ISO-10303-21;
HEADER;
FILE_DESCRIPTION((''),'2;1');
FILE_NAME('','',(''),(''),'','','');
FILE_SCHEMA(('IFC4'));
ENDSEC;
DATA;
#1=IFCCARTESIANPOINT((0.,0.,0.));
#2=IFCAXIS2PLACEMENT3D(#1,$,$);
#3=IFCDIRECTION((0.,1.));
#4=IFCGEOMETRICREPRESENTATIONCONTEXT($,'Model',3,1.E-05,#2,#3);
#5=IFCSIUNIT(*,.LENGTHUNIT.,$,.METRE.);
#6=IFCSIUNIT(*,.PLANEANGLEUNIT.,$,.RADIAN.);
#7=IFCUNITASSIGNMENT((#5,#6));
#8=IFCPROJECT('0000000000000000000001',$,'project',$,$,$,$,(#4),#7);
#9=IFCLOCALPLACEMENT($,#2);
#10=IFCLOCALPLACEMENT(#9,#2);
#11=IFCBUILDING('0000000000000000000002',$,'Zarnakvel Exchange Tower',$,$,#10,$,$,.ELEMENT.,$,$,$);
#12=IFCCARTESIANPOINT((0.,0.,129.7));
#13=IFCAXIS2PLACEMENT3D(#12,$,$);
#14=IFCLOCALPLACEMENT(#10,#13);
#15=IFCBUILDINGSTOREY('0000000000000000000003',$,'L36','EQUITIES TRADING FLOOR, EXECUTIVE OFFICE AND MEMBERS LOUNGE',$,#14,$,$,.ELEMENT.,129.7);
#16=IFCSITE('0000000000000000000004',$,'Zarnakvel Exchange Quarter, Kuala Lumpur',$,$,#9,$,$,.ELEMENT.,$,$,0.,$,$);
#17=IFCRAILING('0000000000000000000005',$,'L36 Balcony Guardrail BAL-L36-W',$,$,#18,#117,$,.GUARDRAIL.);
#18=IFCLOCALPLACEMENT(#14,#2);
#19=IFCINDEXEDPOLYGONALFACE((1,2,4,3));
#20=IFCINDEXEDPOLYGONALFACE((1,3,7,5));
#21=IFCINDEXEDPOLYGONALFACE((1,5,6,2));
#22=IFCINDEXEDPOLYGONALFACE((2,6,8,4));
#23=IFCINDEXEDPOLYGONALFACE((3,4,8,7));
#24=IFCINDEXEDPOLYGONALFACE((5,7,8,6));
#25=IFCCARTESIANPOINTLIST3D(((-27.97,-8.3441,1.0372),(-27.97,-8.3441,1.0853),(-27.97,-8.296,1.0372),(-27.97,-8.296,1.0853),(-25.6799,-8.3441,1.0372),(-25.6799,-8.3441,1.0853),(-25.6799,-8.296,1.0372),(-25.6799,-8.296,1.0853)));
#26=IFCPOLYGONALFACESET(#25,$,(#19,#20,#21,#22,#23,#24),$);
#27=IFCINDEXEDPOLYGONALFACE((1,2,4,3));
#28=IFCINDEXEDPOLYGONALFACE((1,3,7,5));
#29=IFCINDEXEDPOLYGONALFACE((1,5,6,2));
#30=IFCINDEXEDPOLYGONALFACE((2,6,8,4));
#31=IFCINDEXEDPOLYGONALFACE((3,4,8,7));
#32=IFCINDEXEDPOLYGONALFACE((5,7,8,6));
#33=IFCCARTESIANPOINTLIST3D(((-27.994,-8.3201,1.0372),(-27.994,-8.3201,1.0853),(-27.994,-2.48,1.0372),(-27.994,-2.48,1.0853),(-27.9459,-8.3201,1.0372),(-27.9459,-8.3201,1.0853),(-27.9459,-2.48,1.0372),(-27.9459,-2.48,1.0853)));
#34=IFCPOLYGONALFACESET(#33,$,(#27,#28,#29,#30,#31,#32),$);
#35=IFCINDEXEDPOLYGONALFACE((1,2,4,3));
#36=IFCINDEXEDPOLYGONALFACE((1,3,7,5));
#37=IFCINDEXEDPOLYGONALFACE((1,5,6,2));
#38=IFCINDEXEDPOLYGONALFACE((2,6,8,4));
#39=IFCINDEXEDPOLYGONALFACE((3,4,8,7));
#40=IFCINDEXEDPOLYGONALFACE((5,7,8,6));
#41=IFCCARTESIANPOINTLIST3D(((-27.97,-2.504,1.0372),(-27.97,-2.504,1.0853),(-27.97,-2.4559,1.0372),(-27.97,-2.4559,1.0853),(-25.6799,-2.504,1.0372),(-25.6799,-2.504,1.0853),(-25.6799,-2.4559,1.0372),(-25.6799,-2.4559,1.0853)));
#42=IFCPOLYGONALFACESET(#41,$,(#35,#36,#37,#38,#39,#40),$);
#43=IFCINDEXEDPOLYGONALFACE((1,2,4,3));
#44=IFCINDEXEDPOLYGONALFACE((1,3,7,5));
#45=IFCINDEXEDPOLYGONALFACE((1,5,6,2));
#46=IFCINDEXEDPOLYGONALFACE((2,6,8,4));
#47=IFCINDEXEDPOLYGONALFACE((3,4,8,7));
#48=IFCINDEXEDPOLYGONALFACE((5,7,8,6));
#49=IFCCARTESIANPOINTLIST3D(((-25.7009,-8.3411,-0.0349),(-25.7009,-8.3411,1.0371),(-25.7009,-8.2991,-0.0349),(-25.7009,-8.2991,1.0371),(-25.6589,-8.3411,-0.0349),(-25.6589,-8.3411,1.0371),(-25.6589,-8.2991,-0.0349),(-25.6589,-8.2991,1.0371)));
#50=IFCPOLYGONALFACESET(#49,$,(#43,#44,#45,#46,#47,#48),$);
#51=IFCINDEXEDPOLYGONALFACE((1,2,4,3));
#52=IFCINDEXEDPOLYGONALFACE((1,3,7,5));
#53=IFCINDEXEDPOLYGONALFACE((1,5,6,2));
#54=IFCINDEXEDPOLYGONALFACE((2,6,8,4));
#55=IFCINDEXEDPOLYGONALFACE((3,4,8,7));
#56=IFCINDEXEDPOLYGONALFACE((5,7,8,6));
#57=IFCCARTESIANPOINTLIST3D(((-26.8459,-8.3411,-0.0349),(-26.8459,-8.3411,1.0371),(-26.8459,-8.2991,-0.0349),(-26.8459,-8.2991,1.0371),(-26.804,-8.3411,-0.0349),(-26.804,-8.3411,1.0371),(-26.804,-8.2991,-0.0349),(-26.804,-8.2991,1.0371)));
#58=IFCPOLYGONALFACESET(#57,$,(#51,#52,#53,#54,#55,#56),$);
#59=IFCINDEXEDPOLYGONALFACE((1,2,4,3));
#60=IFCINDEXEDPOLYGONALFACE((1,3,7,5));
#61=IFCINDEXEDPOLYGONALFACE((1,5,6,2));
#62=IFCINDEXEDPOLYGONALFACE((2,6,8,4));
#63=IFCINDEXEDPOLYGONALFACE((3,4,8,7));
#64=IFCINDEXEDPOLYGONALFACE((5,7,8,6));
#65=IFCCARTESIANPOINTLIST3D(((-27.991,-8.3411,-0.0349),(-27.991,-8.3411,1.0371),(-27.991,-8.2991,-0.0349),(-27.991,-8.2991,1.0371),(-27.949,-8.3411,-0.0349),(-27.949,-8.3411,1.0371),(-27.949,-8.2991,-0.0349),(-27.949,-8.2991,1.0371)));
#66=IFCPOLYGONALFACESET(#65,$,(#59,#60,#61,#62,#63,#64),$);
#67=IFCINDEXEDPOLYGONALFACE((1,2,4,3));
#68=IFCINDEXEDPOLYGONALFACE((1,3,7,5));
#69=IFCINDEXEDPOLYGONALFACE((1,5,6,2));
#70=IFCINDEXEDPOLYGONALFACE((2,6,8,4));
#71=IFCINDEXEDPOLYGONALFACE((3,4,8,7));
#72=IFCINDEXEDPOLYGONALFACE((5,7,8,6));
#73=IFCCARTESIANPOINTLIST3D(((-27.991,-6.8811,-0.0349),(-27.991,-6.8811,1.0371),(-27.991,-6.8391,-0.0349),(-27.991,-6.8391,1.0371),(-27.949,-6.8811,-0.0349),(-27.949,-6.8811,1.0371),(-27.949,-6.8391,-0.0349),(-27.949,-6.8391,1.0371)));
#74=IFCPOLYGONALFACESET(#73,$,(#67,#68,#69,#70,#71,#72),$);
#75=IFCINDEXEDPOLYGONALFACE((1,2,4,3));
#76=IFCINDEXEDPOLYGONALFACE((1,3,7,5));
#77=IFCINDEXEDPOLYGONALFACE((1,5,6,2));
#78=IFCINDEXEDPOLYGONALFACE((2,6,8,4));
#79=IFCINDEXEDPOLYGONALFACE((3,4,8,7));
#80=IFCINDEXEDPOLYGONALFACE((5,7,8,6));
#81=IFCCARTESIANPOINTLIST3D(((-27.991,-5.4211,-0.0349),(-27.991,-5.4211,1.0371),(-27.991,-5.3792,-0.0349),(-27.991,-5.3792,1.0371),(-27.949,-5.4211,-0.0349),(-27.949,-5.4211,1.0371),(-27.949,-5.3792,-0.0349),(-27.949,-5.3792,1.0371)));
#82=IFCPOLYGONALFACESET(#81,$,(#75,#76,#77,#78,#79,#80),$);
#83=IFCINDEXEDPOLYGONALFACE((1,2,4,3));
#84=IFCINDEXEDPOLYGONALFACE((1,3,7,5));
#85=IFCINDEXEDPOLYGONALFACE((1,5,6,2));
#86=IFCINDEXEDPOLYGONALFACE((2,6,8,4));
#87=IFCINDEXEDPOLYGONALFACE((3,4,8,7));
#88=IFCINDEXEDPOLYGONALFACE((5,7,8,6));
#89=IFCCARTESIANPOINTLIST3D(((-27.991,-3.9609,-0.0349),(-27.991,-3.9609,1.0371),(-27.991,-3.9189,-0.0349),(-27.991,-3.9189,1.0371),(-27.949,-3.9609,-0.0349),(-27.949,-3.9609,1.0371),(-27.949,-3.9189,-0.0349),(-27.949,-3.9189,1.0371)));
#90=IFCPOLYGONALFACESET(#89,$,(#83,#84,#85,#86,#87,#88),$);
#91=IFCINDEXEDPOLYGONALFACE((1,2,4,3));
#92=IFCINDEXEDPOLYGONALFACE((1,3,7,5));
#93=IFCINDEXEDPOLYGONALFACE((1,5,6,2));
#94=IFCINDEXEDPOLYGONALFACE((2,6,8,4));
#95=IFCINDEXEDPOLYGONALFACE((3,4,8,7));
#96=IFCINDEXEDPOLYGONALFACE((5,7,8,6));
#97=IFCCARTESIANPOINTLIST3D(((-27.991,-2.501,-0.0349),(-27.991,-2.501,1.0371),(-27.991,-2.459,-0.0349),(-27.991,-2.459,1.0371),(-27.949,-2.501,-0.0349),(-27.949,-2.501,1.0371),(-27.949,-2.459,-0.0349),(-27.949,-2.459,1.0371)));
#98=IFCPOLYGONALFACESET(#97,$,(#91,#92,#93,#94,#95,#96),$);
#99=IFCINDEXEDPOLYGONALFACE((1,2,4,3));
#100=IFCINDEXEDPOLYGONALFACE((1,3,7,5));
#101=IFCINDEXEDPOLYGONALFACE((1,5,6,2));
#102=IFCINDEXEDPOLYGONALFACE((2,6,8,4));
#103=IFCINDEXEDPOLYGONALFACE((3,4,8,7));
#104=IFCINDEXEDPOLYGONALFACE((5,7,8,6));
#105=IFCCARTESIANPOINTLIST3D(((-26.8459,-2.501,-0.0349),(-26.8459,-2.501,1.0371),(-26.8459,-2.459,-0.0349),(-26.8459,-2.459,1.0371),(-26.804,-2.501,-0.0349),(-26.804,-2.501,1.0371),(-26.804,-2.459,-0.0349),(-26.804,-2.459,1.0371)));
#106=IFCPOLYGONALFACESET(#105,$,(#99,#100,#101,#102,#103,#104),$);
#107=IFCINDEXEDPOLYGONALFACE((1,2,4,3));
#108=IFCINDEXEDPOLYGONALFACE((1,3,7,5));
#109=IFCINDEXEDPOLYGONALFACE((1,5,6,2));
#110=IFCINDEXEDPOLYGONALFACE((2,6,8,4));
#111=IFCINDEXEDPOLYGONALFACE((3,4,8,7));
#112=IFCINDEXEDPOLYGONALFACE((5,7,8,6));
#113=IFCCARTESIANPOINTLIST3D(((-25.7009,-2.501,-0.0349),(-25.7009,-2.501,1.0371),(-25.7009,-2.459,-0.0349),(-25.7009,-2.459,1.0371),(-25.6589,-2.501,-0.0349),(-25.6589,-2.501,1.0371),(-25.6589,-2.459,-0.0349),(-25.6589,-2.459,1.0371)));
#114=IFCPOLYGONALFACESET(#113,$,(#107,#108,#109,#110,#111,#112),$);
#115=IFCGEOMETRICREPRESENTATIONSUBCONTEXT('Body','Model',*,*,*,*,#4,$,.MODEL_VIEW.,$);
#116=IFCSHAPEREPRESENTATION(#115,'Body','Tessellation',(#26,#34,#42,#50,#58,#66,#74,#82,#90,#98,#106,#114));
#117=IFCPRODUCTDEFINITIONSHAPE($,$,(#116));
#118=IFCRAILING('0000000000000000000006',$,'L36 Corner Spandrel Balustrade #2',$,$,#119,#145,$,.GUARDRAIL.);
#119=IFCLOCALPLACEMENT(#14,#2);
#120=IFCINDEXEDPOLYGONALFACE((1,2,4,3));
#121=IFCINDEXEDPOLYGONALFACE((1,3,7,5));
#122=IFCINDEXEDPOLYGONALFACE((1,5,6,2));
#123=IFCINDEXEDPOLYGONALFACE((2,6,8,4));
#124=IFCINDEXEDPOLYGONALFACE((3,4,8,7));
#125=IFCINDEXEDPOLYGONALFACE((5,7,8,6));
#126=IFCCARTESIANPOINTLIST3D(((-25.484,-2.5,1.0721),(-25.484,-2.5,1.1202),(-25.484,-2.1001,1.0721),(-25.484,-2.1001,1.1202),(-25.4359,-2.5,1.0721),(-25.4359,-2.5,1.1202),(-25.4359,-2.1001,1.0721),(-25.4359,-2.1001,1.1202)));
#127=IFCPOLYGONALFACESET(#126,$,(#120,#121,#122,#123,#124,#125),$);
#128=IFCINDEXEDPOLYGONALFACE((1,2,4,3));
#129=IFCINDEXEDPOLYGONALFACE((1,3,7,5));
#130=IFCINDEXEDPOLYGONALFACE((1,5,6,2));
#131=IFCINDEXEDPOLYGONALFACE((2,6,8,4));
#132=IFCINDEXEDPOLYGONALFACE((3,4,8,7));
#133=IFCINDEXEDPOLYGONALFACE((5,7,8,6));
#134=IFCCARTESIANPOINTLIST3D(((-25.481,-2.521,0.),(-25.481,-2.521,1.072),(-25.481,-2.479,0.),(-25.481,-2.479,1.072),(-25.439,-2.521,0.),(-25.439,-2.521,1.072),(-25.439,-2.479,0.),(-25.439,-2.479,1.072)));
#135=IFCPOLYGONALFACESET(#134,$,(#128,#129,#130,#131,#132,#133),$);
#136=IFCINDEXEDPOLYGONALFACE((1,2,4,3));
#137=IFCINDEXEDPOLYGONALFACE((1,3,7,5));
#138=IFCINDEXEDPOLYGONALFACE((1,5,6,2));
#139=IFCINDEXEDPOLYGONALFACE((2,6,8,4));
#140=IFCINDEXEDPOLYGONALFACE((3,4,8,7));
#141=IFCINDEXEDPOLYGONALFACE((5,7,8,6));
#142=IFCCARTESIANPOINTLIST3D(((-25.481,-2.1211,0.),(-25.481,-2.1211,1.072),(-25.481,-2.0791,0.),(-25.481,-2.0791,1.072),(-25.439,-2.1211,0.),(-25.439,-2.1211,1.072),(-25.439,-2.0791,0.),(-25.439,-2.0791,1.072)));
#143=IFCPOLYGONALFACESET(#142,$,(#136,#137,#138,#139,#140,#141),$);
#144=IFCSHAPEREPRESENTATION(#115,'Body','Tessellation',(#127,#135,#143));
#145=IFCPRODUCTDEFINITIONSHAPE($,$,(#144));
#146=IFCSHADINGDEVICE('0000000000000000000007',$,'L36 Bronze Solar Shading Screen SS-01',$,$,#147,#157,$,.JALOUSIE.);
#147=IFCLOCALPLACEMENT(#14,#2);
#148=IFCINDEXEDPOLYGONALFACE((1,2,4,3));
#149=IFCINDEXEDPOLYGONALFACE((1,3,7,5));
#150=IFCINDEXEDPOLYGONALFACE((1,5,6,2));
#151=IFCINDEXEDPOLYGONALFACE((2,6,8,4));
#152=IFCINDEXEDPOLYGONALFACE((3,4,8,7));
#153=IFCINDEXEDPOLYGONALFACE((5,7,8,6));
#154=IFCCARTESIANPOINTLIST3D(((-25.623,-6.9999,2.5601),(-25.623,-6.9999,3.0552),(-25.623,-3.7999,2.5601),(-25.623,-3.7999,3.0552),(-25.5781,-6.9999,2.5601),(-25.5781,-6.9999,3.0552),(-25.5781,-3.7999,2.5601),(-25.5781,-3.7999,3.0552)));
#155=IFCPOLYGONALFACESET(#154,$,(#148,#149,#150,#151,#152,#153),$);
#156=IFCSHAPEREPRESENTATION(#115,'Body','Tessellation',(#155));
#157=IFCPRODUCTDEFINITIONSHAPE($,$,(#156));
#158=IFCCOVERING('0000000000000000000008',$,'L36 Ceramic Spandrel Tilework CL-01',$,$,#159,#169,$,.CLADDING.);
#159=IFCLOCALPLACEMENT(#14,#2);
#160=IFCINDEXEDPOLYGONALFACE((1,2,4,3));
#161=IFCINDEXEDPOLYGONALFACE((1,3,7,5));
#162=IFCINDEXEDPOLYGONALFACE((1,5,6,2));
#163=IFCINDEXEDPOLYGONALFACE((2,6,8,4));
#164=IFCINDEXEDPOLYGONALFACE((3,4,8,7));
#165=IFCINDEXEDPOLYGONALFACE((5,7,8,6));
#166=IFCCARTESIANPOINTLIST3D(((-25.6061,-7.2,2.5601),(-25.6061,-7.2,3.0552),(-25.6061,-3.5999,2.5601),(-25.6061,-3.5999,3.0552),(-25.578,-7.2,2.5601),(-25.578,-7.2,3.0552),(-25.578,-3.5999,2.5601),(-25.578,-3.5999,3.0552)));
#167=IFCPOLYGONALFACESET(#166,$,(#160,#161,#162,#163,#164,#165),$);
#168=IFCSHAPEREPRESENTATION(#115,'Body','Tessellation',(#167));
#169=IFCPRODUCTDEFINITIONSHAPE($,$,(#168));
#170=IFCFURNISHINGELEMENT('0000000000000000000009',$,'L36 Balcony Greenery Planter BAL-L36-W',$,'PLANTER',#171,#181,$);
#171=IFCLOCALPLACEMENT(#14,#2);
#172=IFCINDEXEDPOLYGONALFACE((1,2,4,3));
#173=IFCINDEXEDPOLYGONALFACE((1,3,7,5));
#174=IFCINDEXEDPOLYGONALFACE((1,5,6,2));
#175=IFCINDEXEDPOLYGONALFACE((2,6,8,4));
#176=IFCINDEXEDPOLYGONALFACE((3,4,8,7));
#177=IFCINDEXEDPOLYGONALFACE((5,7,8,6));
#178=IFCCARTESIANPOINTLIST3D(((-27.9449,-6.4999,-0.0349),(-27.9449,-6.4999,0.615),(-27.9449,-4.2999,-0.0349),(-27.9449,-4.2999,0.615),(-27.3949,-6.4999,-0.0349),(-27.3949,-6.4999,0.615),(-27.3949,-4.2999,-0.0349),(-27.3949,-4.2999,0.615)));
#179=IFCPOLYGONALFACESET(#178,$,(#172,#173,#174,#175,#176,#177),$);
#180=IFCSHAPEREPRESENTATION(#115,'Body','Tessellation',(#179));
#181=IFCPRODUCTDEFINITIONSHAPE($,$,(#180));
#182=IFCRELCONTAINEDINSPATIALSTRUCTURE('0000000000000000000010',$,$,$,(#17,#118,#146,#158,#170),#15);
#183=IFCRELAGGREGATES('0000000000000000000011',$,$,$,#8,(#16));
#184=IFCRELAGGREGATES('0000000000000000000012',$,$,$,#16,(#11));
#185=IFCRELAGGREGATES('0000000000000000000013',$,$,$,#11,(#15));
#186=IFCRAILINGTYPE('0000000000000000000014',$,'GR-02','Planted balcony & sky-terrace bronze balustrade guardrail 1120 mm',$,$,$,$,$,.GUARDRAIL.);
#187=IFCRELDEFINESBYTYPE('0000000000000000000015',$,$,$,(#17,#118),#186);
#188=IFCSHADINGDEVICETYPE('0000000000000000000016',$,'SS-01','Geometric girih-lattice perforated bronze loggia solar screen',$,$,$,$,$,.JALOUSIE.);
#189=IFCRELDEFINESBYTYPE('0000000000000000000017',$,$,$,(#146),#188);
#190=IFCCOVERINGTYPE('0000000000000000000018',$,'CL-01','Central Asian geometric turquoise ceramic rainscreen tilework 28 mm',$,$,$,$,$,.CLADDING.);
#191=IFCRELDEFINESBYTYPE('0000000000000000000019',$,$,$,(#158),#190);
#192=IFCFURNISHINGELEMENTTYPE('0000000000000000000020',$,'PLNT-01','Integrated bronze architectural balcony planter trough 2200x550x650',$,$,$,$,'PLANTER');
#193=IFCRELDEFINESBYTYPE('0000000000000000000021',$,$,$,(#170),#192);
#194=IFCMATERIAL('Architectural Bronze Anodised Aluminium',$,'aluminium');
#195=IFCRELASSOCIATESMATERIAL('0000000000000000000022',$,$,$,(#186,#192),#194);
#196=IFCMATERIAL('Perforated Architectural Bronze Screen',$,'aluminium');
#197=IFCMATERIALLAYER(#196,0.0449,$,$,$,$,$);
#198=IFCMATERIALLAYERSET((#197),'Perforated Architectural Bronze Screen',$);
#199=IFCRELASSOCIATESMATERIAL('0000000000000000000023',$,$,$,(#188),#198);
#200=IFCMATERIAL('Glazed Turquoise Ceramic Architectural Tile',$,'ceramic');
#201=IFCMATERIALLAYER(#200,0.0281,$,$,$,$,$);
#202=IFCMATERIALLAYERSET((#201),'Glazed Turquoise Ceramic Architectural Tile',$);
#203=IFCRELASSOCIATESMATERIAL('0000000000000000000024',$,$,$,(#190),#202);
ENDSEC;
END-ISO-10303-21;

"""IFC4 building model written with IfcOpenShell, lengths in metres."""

from ifc_helpers import new_model, si_unit, direction, frame, origin, origin_2d, place, context, subcontext, project, spatial, rectangle, extrude, source, transform, mapped, material, layer, layer_set, type_object, element, save


model = new_model("IFC4")

# Units and contexts
model_context = context("Model", 3, precision=1e-05, world=origin(), true_north=direction((0.0, 1.0)))
body_context = subcontext(model_context, "Body", "Model", "MODEL_VIEW")
ifc_project = project(units=[si_unit("LENGTHUNIT", "METRE"), si_unit("PLANEANGLEUNIT", "RADIAN")], contexts=[model_context])

# Site, building, storey
site_placement = place(None, origin())
site = spatial("IfcSite", under=ifc_project, at=site_placement, Name="Zarnakvel Exchange Quarter, Kuala Lumpur", CompositionType="ELEMENT", RefElevation=0.0)
building_placement = place(site_placement, origin())
building = spatial("IfcBuilding", under=site, at=building_placement, Name="Zarnakvel Exchange Tower", CompositionType="ELEMENT")
storey_placement = place(building_placement, frame((0.0, 0.0, 129.7)))
storey = spatial("IfcBuildingStorey", under=building, at=storey_placement, Name="L36", Description="EQUITIES TRADING FLOOR, EXECUTIVE OFFICE AND MEMBERS LOUNGE", CompositionType="ELEMENT", Elevation=129.7)

# Shared definitions
ifc_material_1 = material(Name="Architectural Bronze Anodised Aluminium", Category="aluminium")

# Railings
railing_type = type_object("IfcRailingType", Name="GR-02", Description="Planted balcony & sky-terrace bronze balustrade guardrail 1120 mm", PredefinedType="GUARDRAIL", material=ifc_material_1)
railing_1_placement = place(storey_placement, frame((-25.6799, -8.3201, -0.0349)))
element("IfcRailing", 1, at=railing_1_placement, inside=storey, type_object=railing_type, Name="L36 Balcony Guardrail BAL-L36-W", PredefinedType="GUARDRAIL", context=body_context, shape_type="SweptSolid", body=[
    extrude(rectangle(XDim=0.0481, YDim=0.0481, at=origin_2d()), frame((0.0, 0.0, 1.0962), z_axis=(-1.0, 0.0, 0.0), x_axis=(0.0, -1.0, 0.0)), (0.0, 0.0, 1.0), 2.29),
    extrude(rectangle(XDim=0.0481, YDim=0.0481, at=origin_2d()), frame((-2.29, 0.0, 1.0962), z_axis=(0.0, 1.0, 0.0), x_axis=(-1.0, 0.0, 0.0)), (0.0, 0.0, 1.0), 5.8401),
    extrude(rectangle(XDim=0.0481, YDim=0.0481, at=origin_2d()), frame((-2.29, 5.8401, 1.0962), z_axis=(1.0, 0.0, 0.0), x_axis=(0.0, 1.0, 0.0)), (0.0, 0.0, 1.0), 2.29),
    extrude(rectangle(XDim=0.042, YDim=0.042, at=origin_2d()), origin(), (0.0, 0.0, 1.0), 1.072),
    extrude(rectangle(XDim=0.042, YDim=0.042, at=origin_2d()), frame((-1.145, 0.0, 0.0)), (0.0, 0.0, 1.0), 1.072),
    extrude(rectangle(XDim=0.042, YDim=0.042, at=origin_2d()), frame((-2.29, 0.0, 0.0)), (0.0, 0.0, 1.0), 1.072),
    extrude(rectangle(XDim=0.042, YDim=0.042, at=origin_2d()), frame((-2.29, 1.46, 0.0)), (0.0, 0.0, 1.0), 1.072),
    extrude(rectangle(XDim=0.042, YDim=0.042, at=origin_2d()), frame((-2.29, 2.9199, 0.0)), (0.0, 0.0, 1.0), 1.072),
    extrude(rectangle(XDim=0.042, YDim=0.042, at=origin_2d()), frame((-2.29, 4.3801, 0.0)), (0.0, 0.0, 1.0), 1.072),
    extrude(rectangle(XDim=0.042, YDim=0.042, at=origin_2d()), frame((-2.29, 5.8401, 0.0)), (0.0, 0.0, 1.0), 1.072),
    extrude(rectangle(XDim=0.042, YDim=0.042, at=origin_2d()), frame((-1.145, 5.8401, 0.0)), (0.0, 0.0, 1.0), 1.072),
    extrude(rectangle(XDim=0.042, YDim=0.042, at=origin_2d()), frame((0.0, 5.8401, 0.0)), (0.0, 0.0, 1.0), 1.072),
])
railing_2_placement = place(storey_placement, frame((-25.46, -2.5, 0.0)))
element("IfcRailing", 2, at=railing_2_placement, inside=storey, type_object=railing_type, Name="L36 Corner Spandrel Balustrade #2", PredefinedType="GUARDRAIL", context=body_context, shape_type="SweptSolid", body=[
    extrude(rectangle(XDim=0.0481, YDim=0.0481, at=origin_2d()), frame((0.0, 0.0, 1.0962), z_axis=(0.0, 1.0, 0.0), x_axis=(-1.0, 0.0, 0.0)), (0.0, 0.0, 1.0), 0.3999),
    extrude(rectangle(XDim=0.042, YDim=0.042, at=origin_2d()), origin(), (0.0, 0.0, 1.0), 1.072),
    extrude(rectangle(XDim=0.042, YDim=0.042, at=origin_2d()), frame((0.0, 0.3999, 0.0)), (0.0, 0.0, 1.0), 1.072),
])

# Shading device
ifc_material_2 = material(Name="Perforated Architectural Bronze Screen", Category="aluminium")
ifc_layer_1 = layer(ifc_material_2, 0.0449)
ifc_layer_set_1 = layer_set([ifc_layer_1], Name="Perforated Architectural Bronze Screen")
shading_device_type = type_object("IfcShadingDeviceType", Name="SS-01", Description="Geometric girih-lattice perforated bronze loggia solar screen", PredefinedType="JALOUSIE", material=ifc_layer_set_1)
shared_shape_1 = source(origin(), body_context, "Body", "SweptSolid", [
    extrude(rectangle(XDim=3.2, YDim=0.0449, at=origin_2d()), origin(), (0.0, 0.0, 1.0), 0.4951),
])
shading_device_placement = place(storey_placement, frame((-25.6006, -5.3999, 2.5601), z_axis=(0.0, 0.0, 1.0), x_axis=(0.0, 1.0, 0.0)))
element("IfcShadingDevice", 3, at=shading_device_placement, inside=storey, type_object=shading_device_type, Name="L36 Bronze Solar Shading Screen SS-01", PredefinedType="JALOUSIE", context=body_context, shape_type="MappedRepresentation", body=[
    mapped(shared_shape_1, transform((0.0, 0.0, 0.0), x_axis=(1.0, 0.0, 0.0), y_axis=(0.0, 1.0, 0.0), z_axis=(0.0, 0.0, 1.0), scale=1.0)),
])

# Covering
ifc_material_3 = material(Name="Glazed Turquoise Ceramic Architectural Tile", Category="ceramic")
ifc_layer_2 = layer(ifc_material_3, 0.0281)
ifc_layer_set_2 = layer_set([ifc_layer_2], Name="Glazed Turquoise Ceramic Architectural Tile")
covering_type = type_object("IfcCoveringType", Name="CL-01", Description="Central Asian geometric turquoise ceramic rainscreen tilework 28 mm", PredefinedType="CLADDING", material=ifc_layer_set_2)
shared_shape_2 = source(origin(), body_context, "Body", "SweptSolid", [
    extrude(rectangle(XDim=3.6001, YDim=0.0281, at=origin_2d()), origin(), (0.0, 0.0, 1.0), 0.4951),
])
covering_placement = place(storey_placement, frame((-25.592, -5.3999, 2.5601), z_axis=(0.0, 0.0, 1.0), x_axis=(0.0, 1.0, 0.0)))
element("IfcCovering", 4, at=covering_placement, inside=storey, type_object=covering_type, Name="L36 Ceramic Spandrel Tilework CL-01", PredefinedType="CLADDING", context=body_context, shape_type="MappedRepresentation", body=[
    mapped(shared_shape_2, transform((0.0, 0.0, 0.0), x_axis=(1.0, 0.0, 0.0), y_axis=(0.0, 1.0, 0.0), z_axis=(0.0, 0.0, 1.0), scale=1.0)),
])

# Furnishing element
furnishing_element_type = type_object("IfcFurnishingElementType", Name="PLNT-01", Description="Integrated bronze architectural balcony planter trough 2200x550x650", ElementType="PLANTER", material=ifc_material_1)
shared_shape_3 = source(origin(), body_context, "Body", "SweptSolid", [
    extrude(rectangle(XDim=2.2, YDim=0.55, at=origin_2d()), origin(), (0.0, 0.0, 1.0), 0.6499),
])
furnishing_placement = place(storey_placement, frame((-27.6699, -5.3999, -0.0349), z_axis=(0.0, 0.0, 1.0), x_axis=(0.0, 1.0, 0.0)))
element("IfcFurnishingElement", 5, at=furnishing_placement, inside=storey, type_object=furnishing_element_type, Name="L36 Balcony Greenery Planter BAL-L36-W", ObjectType="PLANTER", context=body_context, shape_type="MappedRepresentation", body=[
    mapped(shared_shape_3, transform((0.0, 0.0, 0.0), x_axis=(1.0, 0.0, 0.0), y_axis=(0.0, 1.0, 0.0), z_axis=(0.0, 0.0, 1.0), scale=1.0)),
])

save(model, "model.ifc")
